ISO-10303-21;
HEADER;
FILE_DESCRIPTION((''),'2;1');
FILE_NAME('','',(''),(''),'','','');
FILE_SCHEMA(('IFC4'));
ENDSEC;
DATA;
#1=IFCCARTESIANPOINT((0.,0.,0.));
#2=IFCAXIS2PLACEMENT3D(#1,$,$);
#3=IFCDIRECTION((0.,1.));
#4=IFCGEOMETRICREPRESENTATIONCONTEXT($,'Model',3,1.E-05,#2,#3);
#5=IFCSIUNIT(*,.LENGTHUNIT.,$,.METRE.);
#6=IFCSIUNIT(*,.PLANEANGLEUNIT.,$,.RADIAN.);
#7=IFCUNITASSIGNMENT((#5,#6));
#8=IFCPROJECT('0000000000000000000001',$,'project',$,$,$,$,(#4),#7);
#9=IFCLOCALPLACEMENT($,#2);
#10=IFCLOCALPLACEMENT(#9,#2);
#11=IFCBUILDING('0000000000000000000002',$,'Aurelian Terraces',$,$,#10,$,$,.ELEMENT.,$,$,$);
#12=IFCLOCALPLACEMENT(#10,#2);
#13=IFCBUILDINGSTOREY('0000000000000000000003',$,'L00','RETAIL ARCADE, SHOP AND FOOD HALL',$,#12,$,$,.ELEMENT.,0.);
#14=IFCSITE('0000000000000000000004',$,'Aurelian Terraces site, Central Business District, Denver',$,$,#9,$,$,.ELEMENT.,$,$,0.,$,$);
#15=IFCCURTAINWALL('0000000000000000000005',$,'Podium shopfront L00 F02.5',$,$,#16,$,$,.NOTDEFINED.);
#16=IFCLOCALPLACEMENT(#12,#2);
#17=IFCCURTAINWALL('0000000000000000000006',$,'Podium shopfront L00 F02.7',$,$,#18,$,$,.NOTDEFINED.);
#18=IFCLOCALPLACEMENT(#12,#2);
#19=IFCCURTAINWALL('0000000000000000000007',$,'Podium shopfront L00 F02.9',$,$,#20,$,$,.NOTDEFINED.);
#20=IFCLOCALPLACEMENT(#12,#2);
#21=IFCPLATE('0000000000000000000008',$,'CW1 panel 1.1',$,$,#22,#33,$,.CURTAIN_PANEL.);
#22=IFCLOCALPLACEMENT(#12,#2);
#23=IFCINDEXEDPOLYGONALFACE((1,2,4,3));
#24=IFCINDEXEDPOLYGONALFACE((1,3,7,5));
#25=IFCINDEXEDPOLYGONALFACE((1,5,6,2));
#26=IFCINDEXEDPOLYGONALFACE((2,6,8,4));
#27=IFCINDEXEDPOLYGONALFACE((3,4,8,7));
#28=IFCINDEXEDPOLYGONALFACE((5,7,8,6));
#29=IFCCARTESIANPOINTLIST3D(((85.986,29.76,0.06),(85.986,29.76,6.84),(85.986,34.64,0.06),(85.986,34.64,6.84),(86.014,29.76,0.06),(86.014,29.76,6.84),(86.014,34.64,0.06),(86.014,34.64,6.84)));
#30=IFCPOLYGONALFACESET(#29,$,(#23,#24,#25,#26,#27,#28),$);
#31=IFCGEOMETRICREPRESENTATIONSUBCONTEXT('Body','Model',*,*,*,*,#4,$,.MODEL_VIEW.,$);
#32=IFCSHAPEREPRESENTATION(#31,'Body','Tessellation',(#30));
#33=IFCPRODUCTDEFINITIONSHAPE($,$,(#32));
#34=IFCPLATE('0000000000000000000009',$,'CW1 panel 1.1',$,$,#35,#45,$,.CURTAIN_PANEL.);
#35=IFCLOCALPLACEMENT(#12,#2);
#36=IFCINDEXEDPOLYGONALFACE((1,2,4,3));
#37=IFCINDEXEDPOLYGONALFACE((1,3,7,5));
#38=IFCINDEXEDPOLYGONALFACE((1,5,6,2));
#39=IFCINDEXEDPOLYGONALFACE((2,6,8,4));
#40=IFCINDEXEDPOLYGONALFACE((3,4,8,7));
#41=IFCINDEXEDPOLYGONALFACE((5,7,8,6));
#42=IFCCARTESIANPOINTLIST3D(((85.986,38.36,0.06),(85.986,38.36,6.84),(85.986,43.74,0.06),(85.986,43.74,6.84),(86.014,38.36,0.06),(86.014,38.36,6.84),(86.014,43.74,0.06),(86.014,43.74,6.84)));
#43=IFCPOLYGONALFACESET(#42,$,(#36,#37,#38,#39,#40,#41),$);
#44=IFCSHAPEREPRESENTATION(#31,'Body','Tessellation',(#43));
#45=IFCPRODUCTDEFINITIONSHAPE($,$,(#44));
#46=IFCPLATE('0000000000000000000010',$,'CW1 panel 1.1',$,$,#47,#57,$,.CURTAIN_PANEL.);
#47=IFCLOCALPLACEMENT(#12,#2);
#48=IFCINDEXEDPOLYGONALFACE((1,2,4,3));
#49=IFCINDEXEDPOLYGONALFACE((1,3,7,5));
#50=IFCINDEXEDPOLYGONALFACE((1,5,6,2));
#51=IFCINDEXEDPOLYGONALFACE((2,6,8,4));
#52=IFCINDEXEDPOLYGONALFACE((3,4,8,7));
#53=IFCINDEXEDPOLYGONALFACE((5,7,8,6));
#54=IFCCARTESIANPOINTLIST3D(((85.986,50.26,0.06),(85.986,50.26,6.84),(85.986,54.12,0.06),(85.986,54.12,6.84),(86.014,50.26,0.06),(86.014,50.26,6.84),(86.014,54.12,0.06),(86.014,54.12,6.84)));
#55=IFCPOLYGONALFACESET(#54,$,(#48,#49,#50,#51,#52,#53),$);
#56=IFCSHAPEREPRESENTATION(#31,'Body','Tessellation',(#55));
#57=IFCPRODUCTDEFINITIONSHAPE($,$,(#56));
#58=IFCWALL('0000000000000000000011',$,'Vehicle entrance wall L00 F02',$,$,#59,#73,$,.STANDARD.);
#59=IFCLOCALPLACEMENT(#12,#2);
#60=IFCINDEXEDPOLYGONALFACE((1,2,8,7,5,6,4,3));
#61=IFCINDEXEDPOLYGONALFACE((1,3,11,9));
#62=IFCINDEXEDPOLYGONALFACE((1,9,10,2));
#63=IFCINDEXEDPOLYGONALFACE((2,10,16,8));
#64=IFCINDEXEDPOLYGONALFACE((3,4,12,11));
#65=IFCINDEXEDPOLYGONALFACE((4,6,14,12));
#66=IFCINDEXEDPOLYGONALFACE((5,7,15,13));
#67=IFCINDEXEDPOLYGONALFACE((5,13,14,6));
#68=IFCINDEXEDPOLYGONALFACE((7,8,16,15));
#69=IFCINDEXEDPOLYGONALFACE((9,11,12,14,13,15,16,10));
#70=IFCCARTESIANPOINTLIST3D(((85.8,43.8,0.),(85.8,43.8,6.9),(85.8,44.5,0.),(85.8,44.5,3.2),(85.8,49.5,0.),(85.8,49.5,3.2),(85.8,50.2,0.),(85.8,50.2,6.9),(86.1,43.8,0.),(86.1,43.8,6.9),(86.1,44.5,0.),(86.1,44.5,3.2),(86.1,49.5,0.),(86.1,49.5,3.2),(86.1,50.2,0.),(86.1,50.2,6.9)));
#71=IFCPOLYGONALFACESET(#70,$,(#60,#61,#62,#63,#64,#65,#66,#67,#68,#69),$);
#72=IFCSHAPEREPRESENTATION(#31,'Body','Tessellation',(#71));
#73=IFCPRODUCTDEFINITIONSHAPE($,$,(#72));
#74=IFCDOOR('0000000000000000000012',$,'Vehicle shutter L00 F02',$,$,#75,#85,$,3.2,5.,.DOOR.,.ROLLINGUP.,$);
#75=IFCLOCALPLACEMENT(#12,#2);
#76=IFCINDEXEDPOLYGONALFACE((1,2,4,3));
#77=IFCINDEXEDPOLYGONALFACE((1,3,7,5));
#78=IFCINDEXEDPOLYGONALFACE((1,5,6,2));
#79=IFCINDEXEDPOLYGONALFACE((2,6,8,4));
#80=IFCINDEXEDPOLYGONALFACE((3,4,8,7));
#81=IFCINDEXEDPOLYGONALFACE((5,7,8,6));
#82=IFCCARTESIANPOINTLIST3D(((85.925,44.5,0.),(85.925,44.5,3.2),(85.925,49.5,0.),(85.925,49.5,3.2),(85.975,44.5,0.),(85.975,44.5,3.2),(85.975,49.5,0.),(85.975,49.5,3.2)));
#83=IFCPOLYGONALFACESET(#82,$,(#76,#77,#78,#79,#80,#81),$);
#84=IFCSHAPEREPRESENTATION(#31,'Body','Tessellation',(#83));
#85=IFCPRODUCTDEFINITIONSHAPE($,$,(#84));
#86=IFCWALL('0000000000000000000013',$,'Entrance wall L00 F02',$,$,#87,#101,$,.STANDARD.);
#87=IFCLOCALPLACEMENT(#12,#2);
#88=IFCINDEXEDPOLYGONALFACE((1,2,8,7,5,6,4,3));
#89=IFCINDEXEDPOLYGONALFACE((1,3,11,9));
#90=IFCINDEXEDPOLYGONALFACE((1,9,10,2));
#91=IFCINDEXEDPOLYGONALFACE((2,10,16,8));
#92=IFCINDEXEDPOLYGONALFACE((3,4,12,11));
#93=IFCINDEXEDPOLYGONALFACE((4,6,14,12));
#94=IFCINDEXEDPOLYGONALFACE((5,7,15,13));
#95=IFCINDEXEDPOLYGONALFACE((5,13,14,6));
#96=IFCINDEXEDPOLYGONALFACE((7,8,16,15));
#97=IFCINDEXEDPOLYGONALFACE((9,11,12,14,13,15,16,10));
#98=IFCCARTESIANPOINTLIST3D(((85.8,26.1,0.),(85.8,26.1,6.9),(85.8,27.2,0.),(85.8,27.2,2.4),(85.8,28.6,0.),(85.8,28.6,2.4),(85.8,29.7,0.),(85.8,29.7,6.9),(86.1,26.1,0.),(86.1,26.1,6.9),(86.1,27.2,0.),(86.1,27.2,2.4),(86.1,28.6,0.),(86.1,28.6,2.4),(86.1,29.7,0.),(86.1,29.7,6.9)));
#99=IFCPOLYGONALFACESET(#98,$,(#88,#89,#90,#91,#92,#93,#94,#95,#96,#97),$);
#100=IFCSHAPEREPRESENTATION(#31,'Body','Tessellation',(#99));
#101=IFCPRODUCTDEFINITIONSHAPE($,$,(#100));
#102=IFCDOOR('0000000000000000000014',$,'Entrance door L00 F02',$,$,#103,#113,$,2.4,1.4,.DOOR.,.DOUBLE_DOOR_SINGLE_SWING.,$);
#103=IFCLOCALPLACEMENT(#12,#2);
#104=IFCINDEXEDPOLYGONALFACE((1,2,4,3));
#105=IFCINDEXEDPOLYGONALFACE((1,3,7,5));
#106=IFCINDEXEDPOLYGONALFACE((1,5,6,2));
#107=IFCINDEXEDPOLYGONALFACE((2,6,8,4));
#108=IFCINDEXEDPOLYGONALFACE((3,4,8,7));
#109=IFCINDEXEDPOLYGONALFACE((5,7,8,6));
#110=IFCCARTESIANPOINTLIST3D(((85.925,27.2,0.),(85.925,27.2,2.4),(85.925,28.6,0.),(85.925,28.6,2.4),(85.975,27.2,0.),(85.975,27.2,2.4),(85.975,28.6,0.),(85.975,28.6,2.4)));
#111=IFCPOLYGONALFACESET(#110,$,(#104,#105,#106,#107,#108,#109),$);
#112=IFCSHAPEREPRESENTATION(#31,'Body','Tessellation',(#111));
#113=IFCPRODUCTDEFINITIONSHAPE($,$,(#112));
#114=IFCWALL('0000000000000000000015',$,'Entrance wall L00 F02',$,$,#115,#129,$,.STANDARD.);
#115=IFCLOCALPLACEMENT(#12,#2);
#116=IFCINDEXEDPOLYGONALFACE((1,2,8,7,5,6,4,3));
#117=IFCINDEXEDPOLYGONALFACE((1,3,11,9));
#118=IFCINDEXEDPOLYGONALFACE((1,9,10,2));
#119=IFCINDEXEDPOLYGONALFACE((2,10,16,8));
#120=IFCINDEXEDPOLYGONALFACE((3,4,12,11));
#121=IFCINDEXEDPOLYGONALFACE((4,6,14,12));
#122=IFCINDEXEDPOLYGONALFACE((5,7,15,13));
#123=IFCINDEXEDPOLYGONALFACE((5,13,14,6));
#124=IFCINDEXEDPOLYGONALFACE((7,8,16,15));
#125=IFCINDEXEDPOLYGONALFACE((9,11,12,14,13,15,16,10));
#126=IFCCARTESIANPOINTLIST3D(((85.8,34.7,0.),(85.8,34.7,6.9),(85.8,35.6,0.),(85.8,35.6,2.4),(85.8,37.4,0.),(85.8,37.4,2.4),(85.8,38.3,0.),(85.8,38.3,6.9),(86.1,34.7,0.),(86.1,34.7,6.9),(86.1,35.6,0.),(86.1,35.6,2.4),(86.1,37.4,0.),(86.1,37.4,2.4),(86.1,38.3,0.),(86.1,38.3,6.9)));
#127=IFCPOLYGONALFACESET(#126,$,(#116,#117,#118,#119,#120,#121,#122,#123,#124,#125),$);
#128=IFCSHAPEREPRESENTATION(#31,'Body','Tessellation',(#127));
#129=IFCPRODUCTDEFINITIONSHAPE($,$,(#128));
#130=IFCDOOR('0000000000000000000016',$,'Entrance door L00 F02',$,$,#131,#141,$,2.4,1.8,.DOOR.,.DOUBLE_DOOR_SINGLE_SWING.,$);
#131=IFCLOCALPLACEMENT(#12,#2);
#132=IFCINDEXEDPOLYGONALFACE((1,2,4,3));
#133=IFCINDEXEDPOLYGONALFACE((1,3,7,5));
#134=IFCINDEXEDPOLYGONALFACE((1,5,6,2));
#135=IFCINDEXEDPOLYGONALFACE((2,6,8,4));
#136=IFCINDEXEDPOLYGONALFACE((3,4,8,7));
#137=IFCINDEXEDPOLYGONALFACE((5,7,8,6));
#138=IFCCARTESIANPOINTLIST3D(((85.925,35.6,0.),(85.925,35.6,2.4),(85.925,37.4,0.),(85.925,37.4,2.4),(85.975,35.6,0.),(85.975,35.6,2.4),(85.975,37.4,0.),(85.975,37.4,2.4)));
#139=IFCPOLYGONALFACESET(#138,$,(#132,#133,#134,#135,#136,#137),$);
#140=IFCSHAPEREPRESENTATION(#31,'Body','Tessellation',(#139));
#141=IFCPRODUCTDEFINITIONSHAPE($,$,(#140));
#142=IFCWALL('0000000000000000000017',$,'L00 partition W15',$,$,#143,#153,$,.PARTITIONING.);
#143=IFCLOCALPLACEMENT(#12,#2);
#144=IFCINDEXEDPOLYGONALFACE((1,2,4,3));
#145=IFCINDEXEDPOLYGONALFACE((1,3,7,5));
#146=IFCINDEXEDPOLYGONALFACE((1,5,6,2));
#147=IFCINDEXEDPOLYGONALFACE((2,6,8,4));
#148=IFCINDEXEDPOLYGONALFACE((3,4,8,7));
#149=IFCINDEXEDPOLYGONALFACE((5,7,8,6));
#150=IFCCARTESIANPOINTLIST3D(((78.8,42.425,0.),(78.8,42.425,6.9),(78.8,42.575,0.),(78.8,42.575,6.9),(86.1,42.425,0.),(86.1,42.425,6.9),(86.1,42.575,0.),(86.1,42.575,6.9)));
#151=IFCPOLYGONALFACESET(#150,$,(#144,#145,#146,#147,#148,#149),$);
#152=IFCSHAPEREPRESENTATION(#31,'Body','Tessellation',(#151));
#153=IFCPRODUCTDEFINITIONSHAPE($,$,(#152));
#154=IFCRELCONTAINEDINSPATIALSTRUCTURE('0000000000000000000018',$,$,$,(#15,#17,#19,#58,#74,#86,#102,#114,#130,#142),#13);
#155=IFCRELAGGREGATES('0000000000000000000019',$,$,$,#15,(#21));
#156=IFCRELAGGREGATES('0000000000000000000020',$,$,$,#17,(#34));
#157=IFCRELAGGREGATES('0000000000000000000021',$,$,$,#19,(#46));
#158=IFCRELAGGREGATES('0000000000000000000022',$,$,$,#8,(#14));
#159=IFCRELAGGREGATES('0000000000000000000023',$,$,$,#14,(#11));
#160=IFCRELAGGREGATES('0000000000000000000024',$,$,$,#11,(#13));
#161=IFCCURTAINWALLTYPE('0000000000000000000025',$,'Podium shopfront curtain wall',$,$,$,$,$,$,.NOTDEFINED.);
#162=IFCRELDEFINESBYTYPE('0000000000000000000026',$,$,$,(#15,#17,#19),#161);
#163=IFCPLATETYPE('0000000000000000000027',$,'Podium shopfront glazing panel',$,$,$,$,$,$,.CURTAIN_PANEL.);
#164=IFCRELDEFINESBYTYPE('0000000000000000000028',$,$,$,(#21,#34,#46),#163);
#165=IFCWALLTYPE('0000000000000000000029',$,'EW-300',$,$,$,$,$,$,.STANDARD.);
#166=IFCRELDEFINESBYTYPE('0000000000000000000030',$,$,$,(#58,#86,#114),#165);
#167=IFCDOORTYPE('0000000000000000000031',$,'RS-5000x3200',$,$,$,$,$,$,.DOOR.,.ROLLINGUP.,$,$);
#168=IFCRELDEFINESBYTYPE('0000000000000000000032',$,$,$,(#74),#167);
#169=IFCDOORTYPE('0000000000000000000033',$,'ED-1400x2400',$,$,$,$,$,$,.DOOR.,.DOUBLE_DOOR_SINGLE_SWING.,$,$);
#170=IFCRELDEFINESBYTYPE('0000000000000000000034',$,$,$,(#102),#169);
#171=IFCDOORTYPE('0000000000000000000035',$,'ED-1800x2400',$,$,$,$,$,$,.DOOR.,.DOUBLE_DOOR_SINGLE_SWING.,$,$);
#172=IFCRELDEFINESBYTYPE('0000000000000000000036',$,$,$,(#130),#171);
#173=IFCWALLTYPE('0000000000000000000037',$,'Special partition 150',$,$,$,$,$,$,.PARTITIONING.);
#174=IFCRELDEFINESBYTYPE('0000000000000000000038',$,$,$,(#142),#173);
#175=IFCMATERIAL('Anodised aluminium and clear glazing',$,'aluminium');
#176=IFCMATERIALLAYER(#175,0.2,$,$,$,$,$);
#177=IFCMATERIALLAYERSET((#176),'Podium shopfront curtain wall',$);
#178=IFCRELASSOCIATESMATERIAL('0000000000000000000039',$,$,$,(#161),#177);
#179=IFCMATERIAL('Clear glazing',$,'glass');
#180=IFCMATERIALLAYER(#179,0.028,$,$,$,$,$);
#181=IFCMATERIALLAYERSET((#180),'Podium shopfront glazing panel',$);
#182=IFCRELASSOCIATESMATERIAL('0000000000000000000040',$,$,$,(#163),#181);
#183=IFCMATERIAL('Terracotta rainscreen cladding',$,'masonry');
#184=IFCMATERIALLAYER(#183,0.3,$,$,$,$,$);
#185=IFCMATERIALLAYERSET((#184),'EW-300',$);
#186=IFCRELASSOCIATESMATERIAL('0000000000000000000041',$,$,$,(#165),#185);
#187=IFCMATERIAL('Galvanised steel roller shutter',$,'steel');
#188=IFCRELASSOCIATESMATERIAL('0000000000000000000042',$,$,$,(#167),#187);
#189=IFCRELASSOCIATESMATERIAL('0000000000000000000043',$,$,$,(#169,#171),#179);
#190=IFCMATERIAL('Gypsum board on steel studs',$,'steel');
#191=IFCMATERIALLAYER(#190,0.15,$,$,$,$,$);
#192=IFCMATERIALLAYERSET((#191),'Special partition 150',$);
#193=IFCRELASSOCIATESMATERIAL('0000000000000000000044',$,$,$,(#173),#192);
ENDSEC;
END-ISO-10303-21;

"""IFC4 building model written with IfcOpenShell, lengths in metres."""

from ifc_helpers import new_model, si_unit, direction, frame, frame_2d, origin, origin_2d, place, context, subcontext, project, spatial, rectangle, extrude, source, transform, mapped, material, layer, layer_set, type_object, element, fill, aggregate, save


model = new_model("IFC4")

# Units and contexts
model_context = context("Model", 3, precision=1e-05, world=origin(), true_north=direction((0.0, 1.0)))
body_context = subcontext(model_context, "Body", "Model", "MODEL_VIEW")
ifc_project = project(units=[si_unit("LENGTHUNIT", "METRE"), si_unit("PLANEANGLEUNIT", "RADIAN")], contexts=[model_context])

# Site, building, storey
site_placement = place(None, origin())
site = spatial("IfcSite", under=ifc_project, at=site_placement, Name="Aurelian Terraces site, Central Business District, Denver", CompositionType="ELEMENT", RefElevation=0.0)
building_placement = place(site_placement, origin())
building = spatial("IfcBuilding", under=site, at=building_placement, Name="Aurelian Terraces", CompositionType="ELEMENT")
storey_placement = place(building_placement, origin())
storey = spatial("IfcBuildingStorey", under=building, at=storey_placement, Name="L00", Description="RETAIL ARCADE, SHOP AND FOOD HALL", CompositionType="ELEMENT", Elevation=0.0)

# Curtain walls
ifc_material_1 = material(Name="Anodised aluminium and clear glazing", Category="aluminium")
ifc_layer_1 = layer(ifc_material_1, 0.2)
ifc_layer_set_1 = layer_set([ifc_layer_1], Name="Podium shopfront curtain wall")
curtain_wall_type = type_object("IfcCurtainWallType", Name="Podium shopfront curtain wall", PredefinedType="NOTDEFINED", material=ifc_layer_set_1)
curtain_wall_1_placement = place(storey_placement, origin())
curtain_wall_1 = element("IfcCurtainWall", 1, at=curtain_wall_1_placement, inside=storey, type_object=curtain_wall_type, Name="Podium shopfront L00 F02.5", PredefinedType="NOTDEFINED")
curtain_wall_2_placement = place(storey_placement, origin())
curtain_wall_2 = element("IfcCurtainWall", 2, at=curtain_wall_2_placement, inside=storey, type_object=curtain_wall_type, Name="Podium shopfront L00 F02.7", PredefinedType="NOTDEFINED")
curtain_wall_3_placement = place(storey_placement, origin())
curtain_wall_3 = element("IfcCurtainWall", 3, at=curtain_wall_3_placement, inside=storey, type_object=curtain_wall_type, Name="Podium shopfront L00 F02.9", PredefinedType="NOTDEFINED")

# Plates
ifc_material_2 = material(Name="Clear glazing", Category="glass")
ifc_layer_2 = layer(ifc_material_2, 0.028)
ifc_layer_set_2 = layer_set([ifc_layer_2], Name="Podium shopfront glazing panel")
plate_type = type_object("IfcPlateType", Name="Podium shopfront glazing panel", PredefinedType="CURTAIN_PANEL", material=ifc_layer_set_2)
plate_1_placement = place(storey_placement, frame((86.0, 32.2, 0.06), z_axis=(0.0, 0.0, 1.0), x_axis=(0.0, 1.0, 0.0)))
plate_1 = element("IfcPlate", 4, at=plate_1_placement, type_object=plate_type, Name="CW1 panel 1.1", PredefinedType="CURTAIN_PANEL", context=body_context, shape_type="SweptSolid", body=[
    extrude(rectangle(XDim=4.88, YDim=0.028, at=origin_2d()), origin(), (0.0, 0.0, 1.0), 6.78),
])
aggregate(curtain_wall_1, [plate_1])
plate_2_placement = place(storey_placement, frame((86.0, 41.05, 0.06), z_axis=(0.0, 0.0, 1.0), x_axis=(0.0, 1.0, 0.0)))
plate_2 = element("IfcPlate", 5, at=plate_2_placement, type_object=plate_type, Name="CW1 panel 1.1", PredefinedType="CURTAIN_PANEL", context=body_context, shape_type="SweptSolid", body=[
    extrude(rectangle(XDim=5.38, YDim=0.028, at=origin_2d()), origin(), (0.0, 0.0, 1.0), 6.78),
])
aggregate(curtain_wall_2, [plate_2])
plate_3_placement = place(storey_placement, frame((86.0, 52.19, 0.06), z_axis=(0.0, 0.0, 1.0), x_axis=(0.0, 1.0, 0.0)))
plate_3 = element("IfcPlate", 6, at=plate_3_placement, type_object=plate_type, Name="CW1 panel 1.1", PredefinedType="CURTAIN_PANEL", context=body_context, shape_type="SweptSolid", body=[
    extrude(rectangle(XDim=3.86, YDim=0.028, at=origin_2d()), origin(), (0.0, 0.0, 1.0), 6.78),
])
aggregate(curtain_wall_3, [plate_3])

# Walls, openings, doors
ifc_material_3 = material(Name="Terracotta rainscreen cladding", Category="masonry")
ifc_layer_3 = layer(ifc_material_3, 0.3)
ifc_layer_set_3 = layer_set([ifc_layer_3], Name="EW-300")
wall_type_1 = type_object("IfcWallType", Name="EW-300", PredefinedType="STANDARD", material=ifc_layer_set_3)
wall_1_placement = place(storey_placement, frame((85.95, 43.8, 0.0), z_axis=(0.0, 0.0, 1.0), x_axis=(0.0, 1.0, 0.0)))
wall_1 = element("IfcWall", 7, at=wall_1_placement, inside=storey, type_object=wall_type_1, Name="Vehicle entrance wall L00 F02", PredefinedType="STANDARD", context=body_context, shape_type="SweptSolid", body=[
    extrude(rectangle(XDim=6.4, YDim=0.3, at=frame_2d((3.2, 0.0))), origin(), (0.0, 0.0, 1.0), 6.9),
])
opening_1_placement = place(wall_1_placement, frame((0.7, 0.0, 0.0)))
opening_1 = element("IfcOpeningElement", 8, at=opening_1_placement, cuts=wall_1, PredefinedType="OPENING", context=body_context, shape_type="SweptSolid", body=[
    extrude(rectangle(XDim=5.0, YDim=3.2, at=frame_2d((2.5, 1.6))), frame((0.0, 0.16, 0.0), z_axis=(0.0, -1.0, 0.0), x_axis=(1.0, 0.0, 0.0)), (0.0, 0.0, 1.0), 0.32),
])
ifc_material_4 = material(Name="Galvanised steel roller shutter", Category="steel")
door_type_1 = type_object("IfcDoorType", Name="RS-5000x3200", OperationType="ROLLINGUP", PredefinedType="DOOR", material=ifc_material_4)
door_1_placement = place(opening_1_placement, origin())
door_1 = element("IfcDoor", 9, at=door_1_placement, inside=storey, type_object=door_type_1, Name="Vehicle shutter L00 F02", OperationType="ROLLINGUP", OverallHeight=3.2, OverallWidth=5.0, PredefinedType="DOOR", context=body_context, shape_type="SweptSolid", body=[
    extrude(rectangle(XDim=5.0, YDim=3.2, at=frame_2d((2.5, 1.6))), frame((0.0, 0.025, 0.0), z_axis=(0.0, -1.0, 0.0), x_axis=(1.0, 0.0, 0.0)), (0.0, 0.0, 1.0), 0.05),
])
fill(opening_1, door_1)
shared_shape_1 = source(origin(), body_context, "Body", "SweptSolid", [
    extrude(rectangle(XDim=3.6, YDim=0.3, at=frame_2d((1.8, 0.0))), origin(), (0.0, 0.0, 1.0), 6.9),
])
wall_2_placement = place(storey_placement, frame((85.95, 26.1, 0.0), z_axis=(0.0, 0.0, 1.0), x_axis=(0.0, 1.0, 0.0)))
wall_2 = element("IfcWall", 10, at=wall_2_placement, inside=storey, type_object=wall_type_1, Name="Entrance wall L00 F02", PredefinedType="STANDARD", context=body_context, shape_type="MappedRepresentation", body=[
    mapped(shared_shape_1, transform((0.0, 0.0, 0.0), scale=1.0)),
])
opening_2_placement = place(wall_2_placement, frame((1.1, 0.0, 0.0)))
opening_2 = element("IfcOpeningElement", 11, at=opening_2_placement, cuts=wall_2, PredefinedType="OPENING", context=body_context, shape_type="SweptSolid", body=[
    extrude(rectangle(XDim=1.4, YDim=2.4, at=frame_2d((0.7, 1.2))), frame((0.0, 0.16, 0.0), z_axis=(0.0, -1.0, 0.0), x_axis=(1.0, 0.0, 0.0)), (0.0, 0.0, 1.0), 0.32),
])
door_type_2 = type_object("IfcDoorType", Name="ED-1400x2400", OperationType="DOUBLE_DOOR_SINGLE_SWING", PredefinedType="DOOR", material=ifc_material_2)
door_2_placement = place(opening_2_placement, origin())
door_2 = element("IfcDoor", 12, at=door_2_placement, inside=storey, type_object=door_type_2, Name="Entrance door L00 F02", OperationType="DOUBLE_DOOR_SINGLE_SWING", OverallHeight=2.4, OverallWidth=1.4, PredefinedType="DOOR", context=body_context, shape_type="SweptSolid", body=[
    extrude(rectangle(XDim=1.4, YDim=2.4, at=frame_2d((0.7, 1.2))), frame((0.0, 0.025, 0.0), z_axis=(0.0, -1.0, 0.0), x_axis=(1.0, 0.0, 0.0)), (0.0, 0.0, 1.0), 0.05),
])
fill(opening_2, door_2)
wall_3_placement = place(storey_placement, frame((85.95, 34.7, 0.0), z_axis=(0.0, 0.0, 1.0), x_axis=(0.0, 1.0, 0.0)))
wall_3 = element("IfcWall", 13, at=wall_3_placement, inside=storey, type_object=wall_type_1, Name="Entrance wall L00 F02", PredefinedType="STANDARD", context=body_context, shape_type="MappedRepresentation", body=[
    mapped(shared_shape_1, transform((0.0, 0.0, 0.0), scale=1.0)),
])
shared_shape_2 = source(origin(), body_context, "Body", "SweptSolid", [
    extrude(rectangle(XDim=1.8, YDim=2.4, at=frame_2d((0.9, 1.2))), frame((0.0, 0.16, 0.0), z_axis=(0.0, -1.0, 0.0), x_axis=(1.0, 0.0, 0.0)), (0.0, 0.0, 1.0), 0.32),
])
opening_3_placement = place(wall_3_placement, frame((0.9, 0.0, 0.0)))
opening_3 = element("IfcOpeningElement", 14, at=opening_3_placement, cuts=wall_3, PredefinedType="OPENING", context=body_context, shape_type="MappedRepresentation", body=[
    mapped(shared_shape_2, transform((0.0, 0.0, 0.0), scale=1.0)),
])
door_type_3 = type_object("IfcDoorType", Name="ED-1800x2400", OperationType="DOUBLE_DOOR_SINGLE_SWING", PredefinedType="DOOR", material=ifc_material_2)
shared_shape_3 = source(origin(), body_context, "Body", "SweptSolid", [
    extrude(rectangle(XDim=1.8, YDim=2.4, at=frame_2d((0.9, 1.2))), frame((0.0, 0.025, 0.0), z_axis=(0.0, -1.0, 0.0), x_axis=(1.0, 0.0, 0.0)), (0.0, 0.0, 1.0), 0.05),
])
door_3_placement = place(opening_3_placement, origin())
door_3 = element("IfcDoor", 15, at=door_3_placement, inside=storey, type_object=door_type_3, Name="Entrance door L00 F02", OperationType="DOUBLE_DOOR_SINGLE_SWING", OverallHeight=2.4, OverallWidth=1.8, PredefinedType="DOOR", context=body_context, shape_type="MappedRepresentation", body=[
    mapped(shared_shape_3, transform((0.0, 0.0, 0.0), scale=1.0)),
])
fill(opening_3, door_3)

# Wall
ifc_material_5 = material(Name="Gypsum board on steel studs", Category="steel")
ifc_layer_4 = layer(ifc_material_5, 0.15)
ifc_layer_set_4 = layer_set([ifc_layer_4], Name="Special partition 150")
wall_type_2 = type_object("IfcWallType", Name="Special partition 150", PredefinedType="PARTITIONING", material=ifc_layer_set_4)
shared_shape_4 = source(origin(), body_context, "Body", "SweptSolid", [
    extrude(rectangle(XDim=7.3, YDim=0.15, at=frame_2d((3.65, 0.0))), origin(), (0.0, 0.0, 1.0), 6.9),
])
wall_4_placement = place(storey_placement, frame((78.8, 42.5, 0.0), z_axis=(0.0, 0.0, 1.0), x_axis=(1.0, 0.0, 0.0)))
element("IfcWall", 16, at=wall_4_placement, inside=storey, type_object=wall_type_2, Name="L00 partition W15", PredefinedType="PARTITIONING", context=body_context, shape_type="MappedRepresentation", body=[
    mapped(shared_shape_4, transform((0.0, 0.0, 0.0), scale=1.0)),
])

save(model, "model.ifc")
